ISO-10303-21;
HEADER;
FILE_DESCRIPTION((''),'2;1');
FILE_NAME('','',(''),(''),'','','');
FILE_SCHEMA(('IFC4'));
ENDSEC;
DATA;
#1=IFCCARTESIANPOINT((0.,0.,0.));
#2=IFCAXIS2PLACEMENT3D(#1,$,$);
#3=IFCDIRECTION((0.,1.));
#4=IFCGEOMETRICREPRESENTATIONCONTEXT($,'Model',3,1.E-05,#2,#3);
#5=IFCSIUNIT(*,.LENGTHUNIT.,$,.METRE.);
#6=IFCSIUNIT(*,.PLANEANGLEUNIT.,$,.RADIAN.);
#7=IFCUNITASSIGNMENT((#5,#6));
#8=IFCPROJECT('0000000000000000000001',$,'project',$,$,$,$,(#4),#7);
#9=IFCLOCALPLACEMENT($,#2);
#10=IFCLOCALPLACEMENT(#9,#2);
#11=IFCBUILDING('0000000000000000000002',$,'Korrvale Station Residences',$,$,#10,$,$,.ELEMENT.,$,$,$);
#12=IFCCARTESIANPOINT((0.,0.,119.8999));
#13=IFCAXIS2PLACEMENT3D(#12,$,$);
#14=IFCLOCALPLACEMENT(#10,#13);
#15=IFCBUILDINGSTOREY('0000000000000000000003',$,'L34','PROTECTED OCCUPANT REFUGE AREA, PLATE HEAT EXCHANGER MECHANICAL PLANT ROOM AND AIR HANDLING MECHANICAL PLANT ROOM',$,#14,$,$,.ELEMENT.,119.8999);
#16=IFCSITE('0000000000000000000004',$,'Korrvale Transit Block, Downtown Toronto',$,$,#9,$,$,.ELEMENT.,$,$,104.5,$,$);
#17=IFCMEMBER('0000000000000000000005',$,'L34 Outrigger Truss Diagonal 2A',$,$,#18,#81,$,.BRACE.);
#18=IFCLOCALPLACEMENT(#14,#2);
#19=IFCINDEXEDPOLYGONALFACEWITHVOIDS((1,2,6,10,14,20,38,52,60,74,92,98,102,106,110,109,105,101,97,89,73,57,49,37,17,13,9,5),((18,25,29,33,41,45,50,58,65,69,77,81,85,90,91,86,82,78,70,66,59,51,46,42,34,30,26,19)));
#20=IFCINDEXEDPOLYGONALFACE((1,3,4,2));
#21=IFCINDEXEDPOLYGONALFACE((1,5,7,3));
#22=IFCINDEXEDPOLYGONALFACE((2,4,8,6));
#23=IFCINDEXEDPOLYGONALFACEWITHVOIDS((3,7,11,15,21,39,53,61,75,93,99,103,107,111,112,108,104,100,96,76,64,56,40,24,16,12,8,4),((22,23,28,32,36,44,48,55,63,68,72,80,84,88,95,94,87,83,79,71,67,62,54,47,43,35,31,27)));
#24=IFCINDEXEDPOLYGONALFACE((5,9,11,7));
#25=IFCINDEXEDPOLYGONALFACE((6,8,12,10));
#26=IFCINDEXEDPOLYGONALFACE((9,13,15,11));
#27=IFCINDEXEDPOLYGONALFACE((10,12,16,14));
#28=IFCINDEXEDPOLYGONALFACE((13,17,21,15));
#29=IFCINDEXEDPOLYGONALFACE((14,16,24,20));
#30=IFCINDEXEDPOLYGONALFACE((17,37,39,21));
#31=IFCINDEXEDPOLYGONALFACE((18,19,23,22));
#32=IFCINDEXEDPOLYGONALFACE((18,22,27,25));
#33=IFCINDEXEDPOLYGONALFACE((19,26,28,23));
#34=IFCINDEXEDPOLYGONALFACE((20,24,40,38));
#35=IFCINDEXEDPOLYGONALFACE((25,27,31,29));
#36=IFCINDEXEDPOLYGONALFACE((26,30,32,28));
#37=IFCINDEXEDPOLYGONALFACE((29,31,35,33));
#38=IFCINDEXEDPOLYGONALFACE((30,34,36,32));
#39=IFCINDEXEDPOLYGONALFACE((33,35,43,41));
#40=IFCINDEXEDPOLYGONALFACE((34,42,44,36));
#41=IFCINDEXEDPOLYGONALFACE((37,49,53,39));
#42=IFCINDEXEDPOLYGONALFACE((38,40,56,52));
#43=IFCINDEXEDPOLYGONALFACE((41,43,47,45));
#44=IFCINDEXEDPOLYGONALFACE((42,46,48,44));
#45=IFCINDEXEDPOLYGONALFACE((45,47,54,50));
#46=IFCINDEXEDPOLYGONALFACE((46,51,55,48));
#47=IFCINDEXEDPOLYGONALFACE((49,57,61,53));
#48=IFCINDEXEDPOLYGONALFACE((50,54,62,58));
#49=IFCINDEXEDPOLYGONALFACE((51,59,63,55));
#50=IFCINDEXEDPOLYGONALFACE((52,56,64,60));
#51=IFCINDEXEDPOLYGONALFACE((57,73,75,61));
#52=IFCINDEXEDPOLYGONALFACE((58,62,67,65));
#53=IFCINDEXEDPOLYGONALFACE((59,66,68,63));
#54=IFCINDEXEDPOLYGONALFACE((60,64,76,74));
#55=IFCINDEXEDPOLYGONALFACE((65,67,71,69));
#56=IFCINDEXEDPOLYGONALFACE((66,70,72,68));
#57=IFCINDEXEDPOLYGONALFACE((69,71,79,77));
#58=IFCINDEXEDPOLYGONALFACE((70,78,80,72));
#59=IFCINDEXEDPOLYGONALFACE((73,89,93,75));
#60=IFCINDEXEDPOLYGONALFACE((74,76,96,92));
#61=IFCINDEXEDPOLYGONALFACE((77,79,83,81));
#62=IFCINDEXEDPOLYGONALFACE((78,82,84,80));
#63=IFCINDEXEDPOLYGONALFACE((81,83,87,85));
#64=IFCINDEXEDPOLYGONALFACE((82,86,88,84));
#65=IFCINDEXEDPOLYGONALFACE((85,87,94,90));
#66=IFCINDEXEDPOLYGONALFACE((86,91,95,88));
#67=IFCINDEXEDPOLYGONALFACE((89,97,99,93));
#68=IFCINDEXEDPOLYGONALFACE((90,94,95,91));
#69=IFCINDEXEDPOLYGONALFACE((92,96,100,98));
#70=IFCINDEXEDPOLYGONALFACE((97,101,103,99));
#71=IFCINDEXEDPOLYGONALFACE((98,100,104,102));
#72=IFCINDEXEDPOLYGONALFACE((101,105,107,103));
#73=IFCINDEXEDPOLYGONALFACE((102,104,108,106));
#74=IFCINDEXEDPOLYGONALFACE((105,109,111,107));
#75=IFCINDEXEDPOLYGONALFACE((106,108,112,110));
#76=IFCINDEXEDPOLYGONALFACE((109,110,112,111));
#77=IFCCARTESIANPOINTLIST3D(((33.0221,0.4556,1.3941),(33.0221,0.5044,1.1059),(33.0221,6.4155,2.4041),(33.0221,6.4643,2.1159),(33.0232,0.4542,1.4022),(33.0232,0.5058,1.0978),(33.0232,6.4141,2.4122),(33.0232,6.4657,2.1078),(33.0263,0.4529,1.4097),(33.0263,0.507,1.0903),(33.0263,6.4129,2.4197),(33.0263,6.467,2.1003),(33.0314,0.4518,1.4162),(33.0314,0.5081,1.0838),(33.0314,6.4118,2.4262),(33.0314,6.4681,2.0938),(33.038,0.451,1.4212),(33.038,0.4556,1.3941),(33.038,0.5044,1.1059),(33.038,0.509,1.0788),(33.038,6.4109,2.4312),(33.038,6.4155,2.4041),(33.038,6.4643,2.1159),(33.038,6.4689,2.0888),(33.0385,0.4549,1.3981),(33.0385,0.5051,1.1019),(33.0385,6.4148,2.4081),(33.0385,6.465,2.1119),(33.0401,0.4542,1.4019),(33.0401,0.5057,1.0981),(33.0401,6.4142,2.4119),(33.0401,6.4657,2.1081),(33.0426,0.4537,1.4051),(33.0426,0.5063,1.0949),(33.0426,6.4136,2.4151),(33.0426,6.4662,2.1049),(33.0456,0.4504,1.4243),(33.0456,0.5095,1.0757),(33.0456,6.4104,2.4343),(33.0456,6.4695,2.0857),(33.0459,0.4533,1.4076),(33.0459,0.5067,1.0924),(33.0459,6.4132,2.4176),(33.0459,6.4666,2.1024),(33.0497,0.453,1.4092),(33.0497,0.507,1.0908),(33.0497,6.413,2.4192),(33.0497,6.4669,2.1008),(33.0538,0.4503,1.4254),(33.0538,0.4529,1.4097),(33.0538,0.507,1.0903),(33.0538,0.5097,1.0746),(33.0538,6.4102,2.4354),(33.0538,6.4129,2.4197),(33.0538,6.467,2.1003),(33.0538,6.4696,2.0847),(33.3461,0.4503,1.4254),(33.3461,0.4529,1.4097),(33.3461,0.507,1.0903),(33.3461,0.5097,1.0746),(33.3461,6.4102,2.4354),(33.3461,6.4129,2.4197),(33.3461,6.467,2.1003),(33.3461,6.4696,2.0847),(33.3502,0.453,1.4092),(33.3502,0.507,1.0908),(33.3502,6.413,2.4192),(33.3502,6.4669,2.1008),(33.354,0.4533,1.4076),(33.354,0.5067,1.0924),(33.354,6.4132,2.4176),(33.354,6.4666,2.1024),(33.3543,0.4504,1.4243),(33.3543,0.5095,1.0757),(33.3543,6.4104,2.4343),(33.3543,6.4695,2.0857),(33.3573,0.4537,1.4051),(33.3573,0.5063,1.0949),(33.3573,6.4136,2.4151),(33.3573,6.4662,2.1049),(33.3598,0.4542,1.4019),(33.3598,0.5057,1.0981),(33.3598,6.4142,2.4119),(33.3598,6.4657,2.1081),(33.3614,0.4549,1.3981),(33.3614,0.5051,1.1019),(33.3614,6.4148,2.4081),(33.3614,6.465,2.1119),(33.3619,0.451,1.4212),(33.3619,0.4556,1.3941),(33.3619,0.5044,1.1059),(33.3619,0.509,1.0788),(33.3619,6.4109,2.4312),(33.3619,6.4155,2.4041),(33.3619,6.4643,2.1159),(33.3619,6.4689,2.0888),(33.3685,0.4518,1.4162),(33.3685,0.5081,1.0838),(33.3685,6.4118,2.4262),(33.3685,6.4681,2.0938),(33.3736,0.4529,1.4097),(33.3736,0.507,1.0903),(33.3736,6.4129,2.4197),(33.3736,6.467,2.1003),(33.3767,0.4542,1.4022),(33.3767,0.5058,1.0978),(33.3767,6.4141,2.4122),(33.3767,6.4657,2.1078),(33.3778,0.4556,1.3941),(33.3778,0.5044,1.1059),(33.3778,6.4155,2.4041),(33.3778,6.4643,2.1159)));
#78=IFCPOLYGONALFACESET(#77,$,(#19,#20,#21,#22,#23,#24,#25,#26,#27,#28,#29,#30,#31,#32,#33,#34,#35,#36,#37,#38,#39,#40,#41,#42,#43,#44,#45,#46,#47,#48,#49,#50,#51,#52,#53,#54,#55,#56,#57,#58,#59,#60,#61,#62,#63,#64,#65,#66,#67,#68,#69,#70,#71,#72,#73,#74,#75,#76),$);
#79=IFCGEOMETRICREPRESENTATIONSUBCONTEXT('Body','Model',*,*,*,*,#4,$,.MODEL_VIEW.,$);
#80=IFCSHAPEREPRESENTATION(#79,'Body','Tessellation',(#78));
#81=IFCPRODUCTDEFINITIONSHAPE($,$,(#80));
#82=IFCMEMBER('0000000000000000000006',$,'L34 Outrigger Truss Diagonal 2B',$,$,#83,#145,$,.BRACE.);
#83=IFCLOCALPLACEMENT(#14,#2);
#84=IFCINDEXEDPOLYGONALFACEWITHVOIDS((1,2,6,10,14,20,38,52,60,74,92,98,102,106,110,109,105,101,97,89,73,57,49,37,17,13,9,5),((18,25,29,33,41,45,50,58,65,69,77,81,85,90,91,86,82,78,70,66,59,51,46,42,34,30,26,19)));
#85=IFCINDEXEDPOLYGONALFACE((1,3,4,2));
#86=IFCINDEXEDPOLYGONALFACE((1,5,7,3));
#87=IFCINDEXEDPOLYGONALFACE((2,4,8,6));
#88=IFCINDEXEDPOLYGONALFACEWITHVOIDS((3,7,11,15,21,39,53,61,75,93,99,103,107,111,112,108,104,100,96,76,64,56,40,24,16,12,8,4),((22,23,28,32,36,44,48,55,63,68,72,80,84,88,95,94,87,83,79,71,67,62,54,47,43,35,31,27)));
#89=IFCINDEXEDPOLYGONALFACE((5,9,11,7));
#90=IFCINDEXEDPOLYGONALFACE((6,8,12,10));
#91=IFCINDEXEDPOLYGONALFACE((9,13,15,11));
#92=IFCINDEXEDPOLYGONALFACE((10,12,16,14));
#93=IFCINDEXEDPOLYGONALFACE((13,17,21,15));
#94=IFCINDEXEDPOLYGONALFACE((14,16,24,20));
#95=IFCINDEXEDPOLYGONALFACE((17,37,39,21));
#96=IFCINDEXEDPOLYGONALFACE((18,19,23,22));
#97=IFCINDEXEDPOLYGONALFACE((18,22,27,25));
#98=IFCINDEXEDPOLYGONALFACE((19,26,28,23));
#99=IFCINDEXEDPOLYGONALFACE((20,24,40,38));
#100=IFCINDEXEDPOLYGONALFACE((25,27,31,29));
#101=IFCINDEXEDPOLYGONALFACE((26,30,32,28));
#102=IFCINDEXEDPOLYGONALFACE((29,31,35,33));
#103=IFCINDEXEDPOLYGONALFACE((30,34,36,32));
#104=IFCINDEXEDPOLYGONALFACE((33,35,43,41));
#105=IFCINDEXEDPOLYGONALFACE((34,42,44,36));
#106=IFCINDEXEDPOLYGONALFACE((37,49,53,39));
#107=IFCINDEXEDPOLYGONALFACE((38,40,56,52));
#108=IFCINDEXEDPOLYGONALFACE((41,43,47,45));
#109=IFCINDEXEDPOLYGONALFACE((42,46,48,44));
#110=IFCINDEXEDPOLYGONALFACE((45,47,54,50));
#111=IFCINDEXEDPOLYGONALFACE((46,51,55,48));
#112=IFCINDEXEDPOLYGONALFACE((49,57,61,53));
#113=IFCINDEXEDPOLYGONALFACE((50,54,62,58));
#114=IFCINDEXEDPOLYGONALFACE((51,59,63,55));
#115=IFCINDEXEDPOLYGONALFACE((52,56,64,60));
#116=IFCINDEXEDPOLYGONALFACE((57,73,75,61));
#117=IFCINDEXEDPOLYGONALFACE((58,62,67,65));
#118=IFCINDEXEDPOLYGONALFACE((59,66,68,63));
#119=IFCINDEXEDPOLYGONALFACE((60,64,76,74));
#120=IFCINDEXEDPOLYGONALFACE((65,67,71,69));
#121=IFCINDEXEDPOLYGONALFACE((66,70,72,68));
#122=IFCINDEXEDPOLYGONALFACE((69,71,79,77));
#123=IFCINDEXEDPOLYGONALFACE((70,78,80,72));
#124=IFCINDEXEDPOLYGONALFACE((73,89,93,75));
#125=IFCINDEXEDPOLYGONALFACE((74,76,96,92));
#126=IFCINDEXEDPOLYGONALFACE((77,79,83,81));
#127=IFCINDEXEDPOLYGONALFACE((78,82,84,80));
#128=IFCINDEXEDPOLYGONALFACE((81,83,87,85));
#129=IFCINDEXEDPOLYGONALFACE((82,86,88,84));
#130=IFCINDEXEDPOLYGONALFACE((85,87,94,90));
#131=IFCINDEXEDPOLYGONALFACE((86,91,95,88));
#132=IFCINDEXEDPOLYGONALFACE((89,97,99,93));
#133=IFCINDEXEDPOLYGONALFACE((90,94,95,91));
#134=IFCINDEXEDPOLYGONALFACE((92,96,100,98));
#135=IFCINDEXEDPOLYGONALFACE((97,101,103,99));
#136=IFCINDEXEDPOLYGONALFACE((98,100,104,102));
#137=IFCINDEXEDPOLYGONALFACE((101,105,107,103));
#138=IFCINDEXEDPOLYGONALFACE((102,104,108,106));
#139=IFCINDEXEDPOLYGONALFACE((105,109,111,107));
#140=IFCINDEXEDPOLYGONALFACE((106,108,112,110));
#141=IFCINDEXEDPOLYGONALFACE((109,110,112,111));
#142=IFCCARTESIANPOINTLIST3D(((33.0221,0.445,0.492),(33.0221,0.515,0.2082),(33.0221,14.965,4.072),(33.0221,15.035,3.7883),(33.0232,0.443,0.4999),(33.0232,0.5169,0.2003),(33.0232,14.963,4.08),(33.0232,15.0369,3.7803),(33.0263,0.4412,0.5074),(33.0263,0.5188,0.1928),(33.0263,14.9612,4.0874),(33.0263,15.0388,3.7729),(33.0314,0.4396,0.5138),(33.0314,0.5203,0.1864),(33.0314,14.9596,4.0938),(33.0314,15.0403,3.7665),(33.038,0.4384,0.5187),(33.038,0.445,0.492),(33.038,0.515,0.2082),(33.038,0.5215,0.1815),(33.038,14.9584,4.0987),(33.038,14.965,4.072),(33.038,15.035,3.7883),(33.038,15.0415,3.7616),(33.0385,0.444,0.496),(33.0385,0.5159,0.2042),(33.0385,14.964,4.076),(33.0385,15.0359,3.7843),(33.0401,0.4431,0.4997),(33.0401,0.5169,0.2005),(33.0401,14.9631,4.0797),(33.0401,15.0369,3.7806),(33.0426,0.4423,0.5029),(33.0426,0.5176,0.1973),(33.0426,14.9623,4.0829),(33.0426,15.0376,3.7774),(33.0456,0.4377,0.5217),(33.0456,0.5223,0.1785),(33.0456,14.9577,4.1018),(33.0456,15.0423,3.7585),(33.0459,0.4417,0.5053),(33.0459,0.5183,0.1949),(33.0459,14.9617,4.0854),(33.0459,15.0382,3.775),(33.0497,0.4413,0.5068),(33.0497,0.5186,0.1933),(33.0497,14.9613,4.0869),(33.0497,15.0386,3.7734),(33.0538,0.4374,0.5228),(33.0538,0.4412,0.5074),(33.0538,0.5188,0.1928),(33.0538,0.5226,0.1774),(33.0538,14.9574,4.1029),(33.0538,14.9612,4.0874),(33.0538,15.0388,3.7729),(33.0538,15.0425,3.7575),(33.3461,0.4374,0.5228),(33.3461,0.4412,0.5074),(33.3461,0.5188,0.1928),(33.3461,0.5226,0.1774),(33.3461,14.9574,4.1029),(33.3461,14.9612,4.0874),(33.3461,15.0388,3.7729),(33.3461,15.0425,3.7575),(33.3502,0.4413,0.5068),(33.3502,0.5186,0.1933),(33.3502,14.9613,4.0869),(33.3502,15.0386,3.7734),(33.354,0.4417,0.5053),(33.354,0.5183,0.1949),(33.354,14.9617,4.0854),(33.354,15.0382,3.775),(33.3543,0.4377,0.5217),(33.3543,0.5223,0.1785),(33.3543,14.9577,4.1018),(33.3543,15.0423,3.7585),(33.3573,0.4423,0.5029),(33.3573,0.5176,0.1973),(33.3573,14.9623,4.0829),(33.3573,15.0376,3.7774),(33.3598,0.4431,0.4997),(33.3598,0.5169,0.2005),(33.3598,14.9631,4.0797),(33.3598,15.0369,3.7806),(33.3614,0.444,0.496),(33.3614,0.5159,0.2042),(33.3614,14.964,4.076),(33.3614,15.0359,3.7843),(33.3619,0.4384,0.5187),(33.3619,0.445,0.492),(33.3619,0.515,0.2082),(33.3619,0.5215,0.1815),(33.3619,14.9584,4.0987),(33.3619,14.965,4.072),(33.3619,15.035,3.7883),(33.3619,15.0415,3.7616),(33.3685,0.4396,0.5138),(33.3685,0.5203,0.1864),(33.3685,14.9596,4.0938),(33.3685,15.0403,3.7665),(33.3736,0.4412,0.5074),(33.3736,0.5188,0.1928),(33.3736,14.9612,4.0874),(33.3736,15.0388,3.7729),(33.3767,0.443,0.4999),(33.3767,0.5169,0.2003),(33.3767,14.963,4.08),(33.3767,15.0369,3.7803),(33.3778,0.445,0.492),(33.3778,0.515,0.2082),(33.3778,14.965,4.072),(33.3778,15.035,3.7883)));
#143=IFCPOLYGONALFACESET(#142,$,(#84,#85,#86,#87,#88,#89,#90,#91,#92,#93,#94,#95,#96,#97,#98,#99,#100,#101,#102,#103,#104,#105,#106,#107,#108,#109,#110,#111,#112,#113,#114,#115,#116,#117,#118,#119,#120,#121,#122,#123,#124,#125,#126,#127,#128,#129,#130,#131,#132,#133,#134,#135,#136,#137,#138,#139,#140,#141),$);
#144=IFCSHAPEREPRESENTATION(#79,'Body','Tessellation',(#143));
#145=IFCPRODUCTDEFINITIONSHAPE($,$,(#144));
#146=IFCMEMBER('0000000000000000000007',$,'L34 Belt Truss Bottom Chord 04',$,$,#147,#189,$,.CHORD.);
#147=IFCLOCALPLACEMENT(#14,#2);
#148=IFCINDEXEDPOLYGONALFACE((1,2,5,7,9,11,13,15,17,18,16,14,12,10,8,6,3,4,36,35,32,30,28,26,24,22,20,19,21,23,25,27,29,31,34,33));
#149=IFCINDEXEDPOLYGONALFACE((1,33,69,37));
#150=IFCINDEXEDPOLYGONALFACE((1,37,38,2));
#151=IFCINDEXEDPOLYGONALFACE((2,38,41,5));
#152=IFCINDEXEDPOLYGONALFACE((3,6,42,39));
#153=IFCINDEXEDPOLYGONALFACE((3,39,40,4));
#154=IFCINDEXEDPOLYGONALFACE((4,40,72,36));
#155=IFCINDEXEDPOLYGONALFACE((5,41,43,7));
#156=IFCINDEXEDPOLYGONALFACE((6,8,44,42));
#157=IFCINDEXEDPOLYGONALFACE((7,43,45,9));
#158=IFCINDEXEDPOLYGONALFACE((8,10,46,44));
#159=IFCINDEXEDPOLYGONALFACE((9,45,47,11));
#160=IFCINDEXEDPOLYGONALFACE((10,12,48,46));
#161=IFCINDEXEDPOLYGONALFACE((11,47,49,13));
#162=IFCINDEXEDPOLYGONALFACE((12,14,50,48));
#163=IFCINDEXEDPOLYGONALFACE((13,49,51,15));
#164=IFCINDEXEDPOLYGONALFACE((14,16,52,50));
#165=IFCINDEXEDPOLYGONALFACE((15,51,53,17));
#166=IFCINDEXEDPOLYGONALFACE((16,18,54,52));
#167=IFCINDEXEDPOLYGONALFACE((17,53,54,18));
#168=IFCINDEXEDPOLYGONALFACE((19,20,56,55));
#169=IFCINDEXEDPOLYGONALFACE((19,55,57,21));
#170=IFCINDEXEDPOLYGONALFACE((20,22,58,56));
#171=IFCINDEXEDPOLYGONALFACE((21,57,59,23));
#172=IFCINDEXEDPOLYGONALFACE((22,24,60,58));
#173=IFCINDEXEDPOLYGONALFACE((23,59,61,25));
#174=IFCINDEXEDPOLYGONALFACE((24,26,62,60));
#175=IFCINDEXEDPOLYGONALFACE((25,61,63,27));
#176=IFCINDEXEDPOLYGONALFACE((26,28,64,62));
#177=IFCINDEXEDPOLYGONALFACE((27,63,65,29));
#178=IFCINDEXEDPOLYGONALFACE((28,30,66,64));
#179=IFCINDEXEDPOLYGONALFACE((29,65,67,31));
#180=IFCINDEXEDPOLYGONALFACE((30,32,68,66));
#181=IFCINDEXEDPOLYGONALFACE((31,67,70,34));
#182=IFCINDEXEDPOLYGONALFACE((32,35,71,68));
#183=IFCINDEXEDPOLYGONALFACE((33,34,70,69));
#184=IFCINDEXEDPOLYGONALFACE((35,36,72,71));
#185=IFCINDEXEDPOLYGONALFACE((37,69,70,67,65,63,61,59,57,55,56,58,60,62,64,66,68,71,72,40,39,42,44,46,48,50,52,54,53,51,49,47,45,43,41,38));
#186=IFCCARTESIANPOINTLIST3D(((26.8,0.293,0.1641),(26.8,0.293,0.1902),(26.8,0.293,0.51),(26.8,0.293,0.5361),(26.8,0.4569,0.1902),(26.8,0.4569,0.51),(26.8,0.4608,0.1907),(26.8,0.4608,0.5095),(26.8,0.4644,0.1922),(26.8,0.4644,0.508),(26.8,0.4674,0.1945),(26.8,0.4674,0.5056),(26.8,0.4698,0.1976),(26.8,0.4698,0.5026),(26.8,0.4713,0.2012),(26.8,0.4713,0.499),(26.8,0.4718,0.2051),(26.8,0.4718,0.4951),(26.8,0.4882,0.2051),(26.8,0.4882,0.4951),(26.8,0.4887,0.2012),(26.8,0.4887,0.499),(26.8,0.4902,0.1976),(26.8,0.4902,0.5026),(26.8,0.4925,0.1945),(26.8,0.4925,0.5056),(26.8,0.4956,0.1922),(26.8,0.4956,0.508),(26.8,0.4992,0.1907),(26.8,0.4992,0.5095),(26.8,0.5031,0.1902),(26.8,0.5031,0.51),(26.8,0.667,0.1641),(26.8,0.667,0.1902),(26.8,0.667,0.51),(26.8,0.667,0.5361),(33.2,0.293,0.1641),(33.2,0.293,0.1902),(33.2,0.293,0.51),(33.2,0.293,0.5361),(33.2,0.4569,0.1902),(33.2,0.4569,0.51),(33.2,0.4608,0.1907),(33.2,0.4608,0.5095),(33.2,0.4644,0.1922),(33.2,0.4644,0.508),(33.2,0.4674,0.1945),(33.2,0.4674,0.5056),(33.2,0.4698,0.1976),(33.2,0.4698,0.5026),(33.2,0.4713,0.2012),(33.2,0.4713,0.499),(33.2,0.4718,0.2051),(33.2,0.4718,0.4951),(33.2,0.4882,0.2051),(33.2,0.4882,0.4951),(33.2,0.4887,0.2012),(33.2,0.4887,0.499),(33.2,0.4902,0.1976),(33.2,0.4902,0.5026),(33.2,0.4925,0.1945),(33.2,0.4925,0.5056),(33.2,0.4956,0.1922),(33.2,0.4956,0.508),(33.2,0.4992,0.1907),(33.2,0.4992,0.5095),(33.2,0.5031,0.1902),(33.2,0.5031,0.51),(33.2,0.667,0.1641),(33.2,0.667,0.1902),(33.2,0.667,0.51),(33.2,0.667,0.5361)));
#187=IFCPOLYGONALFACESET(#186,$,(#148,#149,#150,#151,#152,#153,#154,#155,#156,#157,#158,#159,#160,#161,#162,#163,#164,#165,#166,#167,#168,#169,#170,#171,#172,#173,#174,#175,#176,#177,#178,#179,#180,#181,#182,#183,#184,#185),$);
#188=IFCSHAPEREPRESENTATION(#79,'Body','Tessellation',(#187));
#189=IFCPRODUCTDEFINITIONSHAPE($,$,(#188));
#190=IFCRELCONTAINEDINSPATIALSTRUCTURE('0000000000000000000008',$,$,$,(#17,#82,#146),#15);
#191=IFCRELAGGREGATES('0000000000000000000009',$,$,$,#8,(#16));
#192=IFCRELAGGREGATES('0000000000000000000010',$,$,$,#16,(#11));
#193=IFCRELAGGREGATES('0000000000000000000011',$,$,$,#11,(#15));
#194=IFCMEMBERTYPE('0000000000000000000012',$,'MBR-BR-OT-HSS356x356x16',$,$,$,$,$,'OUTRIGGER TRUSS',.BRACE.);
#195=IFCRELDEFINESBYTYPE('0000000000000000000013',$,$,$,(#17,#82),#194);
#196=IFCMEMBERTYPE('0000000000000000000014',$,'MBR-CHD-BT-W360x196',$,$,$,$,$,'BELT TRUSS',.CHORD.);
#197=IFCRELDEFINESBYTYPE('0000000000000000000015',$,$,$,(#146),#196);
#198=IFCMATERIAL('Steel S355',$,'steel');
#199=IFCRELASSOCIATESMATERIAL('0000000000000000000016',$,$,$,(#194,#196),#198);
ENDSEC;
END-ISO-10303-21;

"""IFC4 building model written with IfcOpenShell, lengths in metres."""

from ifc_helpers import new_model, si_unit, direction, frame, origin, origin_2d, place, context, subcontext, project, spatial, hollow_rectangle, i_section, extrude, material, material_profile, profile_set, type_object, element, save


model = new_model("IFC4")

# Units and contexts
model_context = context("Model", 3, precision=1e-05, world=origin(), true_north=direction((0.0, 1.0)))
body_context = subcontext(model_context, "Body", "Model", "MODEL_VIEW")
ifc_project = project(units=[si_unit("LENGTHUNIT", "METRE"), si_unit("PLANEANGLEUNIT", "RADIAN")], contexts=[model_context])

# Site, building, storey
site_placement = place(None, origin())
site = spatial("IfcSite", under=ifc_project, at=site_placement, Name="Korrvale Transit Block, Downtown Toronto", CompositionType="ELEMENT", RefElevation=104.5)
building_placement = place(site_placement, origin())
building = spatial("IfcBuilding", under=site, at=building_placement, Name="Korrvale Station Residences", CompositionType="ELEMENT")
storey_placement = place(building_placement, frame((0.0, 0.0, 119.8999)))
storey = spatial("IfcBuildingStorey", under=building, at=storey_placement, Name="L34", Description="PROTECTED OCCUPANT REFUGE AREA, PLATE HEAT EXCHANGER MECHANICAL PLANT ROOM AND AIR HANDLING MECHANICAL PLANT ROOM", CompositionType="ELEMENT", Elevation=119.8999)

# Members
ifc_material_1 = material(Name="Steel S355", Category="steel")
ifc_material_profile_1 = material_profile(ifc_material_1, hollow_rectangle(XDim=0.3557, YDim=0.3557, WallThickness=0.0159, InnerFilletRadius=0.0159, OuterFilletRadius=0.0317, at=origin_2d()), Name="HSS356x356x16")
ifc_profile_set_1 = profile_set([ifc_material_profile_1], Name="Steel S355")
member_type_1 = type_object("IfcMemberType", Name="MBR-BR-OT-HSS356x356x16", ElementType="OUTRIGGER TRUSS", PredefinedType="BRACE", material=ifc_profile_set_1)
member_1_placement = place(storey_placement, frame((33.2, 0.48, 1.25), z_axis=(0.0, 0.985943, 0.167084), x_axis=(-1.0, 0.0, 0.0)))
element("IfcMember", 1, at=member_1_placement, inside=storey, type_object=member_type_1, Name="L34 Outrigger Truss Diagonal 2A", PredefinedType="BRACE", context=body_context, shape_type="SweptSolid", body=[
    extrude(hollow_rectangle(XDim=0.3557, YDim=0.3557, WallThickness=0.0159, InnerFilletRadius=0.0159, OuterFilletRadius=0.0317, at=origin_2d()), origin(), (0.0, 0.0, 1.0), 6.0449),
])
member_2_placement = place(storey_placement, frame((33.2, 0.48, 0.3501), z_axis=(0.0, 0.970923, 0.239392), x_axis=(-1.0, 0.0, 0.0)))
element("IfcMember", 2, at=member_2_placement, inside=storey, type_object=member_type_1, Name="L34 Outrigger Truss Diagonal 2B", PredefinedType="BRACE", context=body_context, shape_type="SweptSolid", body=[
    extrude(hollow_rectangle(XDim=0.3557, YDim=0.3557, WallThickness=0.0159, InnerFilletRadius=0.0159, OuterFilletRadius=0.0317, at=origin_2d()), origin(), (0.0, 0.0, 1.0), 14.9548),
])
ifc_material_profile_2 = material_profile(ifc_material_1, i_section(OverallWidth=0.374, OverallDepth=0.3721, WebThickness=0.0164, FlangeThickness=0.0261, FilletRadius=0.0149, at=origin_2d()), Name="W360x196")
ifc_profile_set_2 = profile_set([ifc_material_profile_2], Name="Steel S355")
member_type_2 = type_object("IfcMemberType", Name="MBR-CHD-BT-W360x196", ElementType="BELT TRUSS", PredefinedType="CHORD", material=ifc_profile_set_2)
member_3_placement = place(storey_placement, frame((26.8, 0.48, 0.3501), z_axis=(1.0, 0.0, 0.0), x_axis=(0.0, 1.0, 0.0)))
element("IfcMember", 3, at=member_3_placement, inside=storey, type_object=member_type_2, Name="L34 Belt Truss Bottom Chord 04", PredefinedType="CHORD", context=body_context, shape_type="SweptSolid", body=[
    extrude(i_section(OverallWidth=0.374, OverallDepth=0.3721, WebThickness=0.0164, FlangeThickness=0.0261, FilletRadius=0.0149, at=origin_2d()), origin(), (0.0, 0.0, 1.0), 6.3999),
])

save(model, "model.ifc")
